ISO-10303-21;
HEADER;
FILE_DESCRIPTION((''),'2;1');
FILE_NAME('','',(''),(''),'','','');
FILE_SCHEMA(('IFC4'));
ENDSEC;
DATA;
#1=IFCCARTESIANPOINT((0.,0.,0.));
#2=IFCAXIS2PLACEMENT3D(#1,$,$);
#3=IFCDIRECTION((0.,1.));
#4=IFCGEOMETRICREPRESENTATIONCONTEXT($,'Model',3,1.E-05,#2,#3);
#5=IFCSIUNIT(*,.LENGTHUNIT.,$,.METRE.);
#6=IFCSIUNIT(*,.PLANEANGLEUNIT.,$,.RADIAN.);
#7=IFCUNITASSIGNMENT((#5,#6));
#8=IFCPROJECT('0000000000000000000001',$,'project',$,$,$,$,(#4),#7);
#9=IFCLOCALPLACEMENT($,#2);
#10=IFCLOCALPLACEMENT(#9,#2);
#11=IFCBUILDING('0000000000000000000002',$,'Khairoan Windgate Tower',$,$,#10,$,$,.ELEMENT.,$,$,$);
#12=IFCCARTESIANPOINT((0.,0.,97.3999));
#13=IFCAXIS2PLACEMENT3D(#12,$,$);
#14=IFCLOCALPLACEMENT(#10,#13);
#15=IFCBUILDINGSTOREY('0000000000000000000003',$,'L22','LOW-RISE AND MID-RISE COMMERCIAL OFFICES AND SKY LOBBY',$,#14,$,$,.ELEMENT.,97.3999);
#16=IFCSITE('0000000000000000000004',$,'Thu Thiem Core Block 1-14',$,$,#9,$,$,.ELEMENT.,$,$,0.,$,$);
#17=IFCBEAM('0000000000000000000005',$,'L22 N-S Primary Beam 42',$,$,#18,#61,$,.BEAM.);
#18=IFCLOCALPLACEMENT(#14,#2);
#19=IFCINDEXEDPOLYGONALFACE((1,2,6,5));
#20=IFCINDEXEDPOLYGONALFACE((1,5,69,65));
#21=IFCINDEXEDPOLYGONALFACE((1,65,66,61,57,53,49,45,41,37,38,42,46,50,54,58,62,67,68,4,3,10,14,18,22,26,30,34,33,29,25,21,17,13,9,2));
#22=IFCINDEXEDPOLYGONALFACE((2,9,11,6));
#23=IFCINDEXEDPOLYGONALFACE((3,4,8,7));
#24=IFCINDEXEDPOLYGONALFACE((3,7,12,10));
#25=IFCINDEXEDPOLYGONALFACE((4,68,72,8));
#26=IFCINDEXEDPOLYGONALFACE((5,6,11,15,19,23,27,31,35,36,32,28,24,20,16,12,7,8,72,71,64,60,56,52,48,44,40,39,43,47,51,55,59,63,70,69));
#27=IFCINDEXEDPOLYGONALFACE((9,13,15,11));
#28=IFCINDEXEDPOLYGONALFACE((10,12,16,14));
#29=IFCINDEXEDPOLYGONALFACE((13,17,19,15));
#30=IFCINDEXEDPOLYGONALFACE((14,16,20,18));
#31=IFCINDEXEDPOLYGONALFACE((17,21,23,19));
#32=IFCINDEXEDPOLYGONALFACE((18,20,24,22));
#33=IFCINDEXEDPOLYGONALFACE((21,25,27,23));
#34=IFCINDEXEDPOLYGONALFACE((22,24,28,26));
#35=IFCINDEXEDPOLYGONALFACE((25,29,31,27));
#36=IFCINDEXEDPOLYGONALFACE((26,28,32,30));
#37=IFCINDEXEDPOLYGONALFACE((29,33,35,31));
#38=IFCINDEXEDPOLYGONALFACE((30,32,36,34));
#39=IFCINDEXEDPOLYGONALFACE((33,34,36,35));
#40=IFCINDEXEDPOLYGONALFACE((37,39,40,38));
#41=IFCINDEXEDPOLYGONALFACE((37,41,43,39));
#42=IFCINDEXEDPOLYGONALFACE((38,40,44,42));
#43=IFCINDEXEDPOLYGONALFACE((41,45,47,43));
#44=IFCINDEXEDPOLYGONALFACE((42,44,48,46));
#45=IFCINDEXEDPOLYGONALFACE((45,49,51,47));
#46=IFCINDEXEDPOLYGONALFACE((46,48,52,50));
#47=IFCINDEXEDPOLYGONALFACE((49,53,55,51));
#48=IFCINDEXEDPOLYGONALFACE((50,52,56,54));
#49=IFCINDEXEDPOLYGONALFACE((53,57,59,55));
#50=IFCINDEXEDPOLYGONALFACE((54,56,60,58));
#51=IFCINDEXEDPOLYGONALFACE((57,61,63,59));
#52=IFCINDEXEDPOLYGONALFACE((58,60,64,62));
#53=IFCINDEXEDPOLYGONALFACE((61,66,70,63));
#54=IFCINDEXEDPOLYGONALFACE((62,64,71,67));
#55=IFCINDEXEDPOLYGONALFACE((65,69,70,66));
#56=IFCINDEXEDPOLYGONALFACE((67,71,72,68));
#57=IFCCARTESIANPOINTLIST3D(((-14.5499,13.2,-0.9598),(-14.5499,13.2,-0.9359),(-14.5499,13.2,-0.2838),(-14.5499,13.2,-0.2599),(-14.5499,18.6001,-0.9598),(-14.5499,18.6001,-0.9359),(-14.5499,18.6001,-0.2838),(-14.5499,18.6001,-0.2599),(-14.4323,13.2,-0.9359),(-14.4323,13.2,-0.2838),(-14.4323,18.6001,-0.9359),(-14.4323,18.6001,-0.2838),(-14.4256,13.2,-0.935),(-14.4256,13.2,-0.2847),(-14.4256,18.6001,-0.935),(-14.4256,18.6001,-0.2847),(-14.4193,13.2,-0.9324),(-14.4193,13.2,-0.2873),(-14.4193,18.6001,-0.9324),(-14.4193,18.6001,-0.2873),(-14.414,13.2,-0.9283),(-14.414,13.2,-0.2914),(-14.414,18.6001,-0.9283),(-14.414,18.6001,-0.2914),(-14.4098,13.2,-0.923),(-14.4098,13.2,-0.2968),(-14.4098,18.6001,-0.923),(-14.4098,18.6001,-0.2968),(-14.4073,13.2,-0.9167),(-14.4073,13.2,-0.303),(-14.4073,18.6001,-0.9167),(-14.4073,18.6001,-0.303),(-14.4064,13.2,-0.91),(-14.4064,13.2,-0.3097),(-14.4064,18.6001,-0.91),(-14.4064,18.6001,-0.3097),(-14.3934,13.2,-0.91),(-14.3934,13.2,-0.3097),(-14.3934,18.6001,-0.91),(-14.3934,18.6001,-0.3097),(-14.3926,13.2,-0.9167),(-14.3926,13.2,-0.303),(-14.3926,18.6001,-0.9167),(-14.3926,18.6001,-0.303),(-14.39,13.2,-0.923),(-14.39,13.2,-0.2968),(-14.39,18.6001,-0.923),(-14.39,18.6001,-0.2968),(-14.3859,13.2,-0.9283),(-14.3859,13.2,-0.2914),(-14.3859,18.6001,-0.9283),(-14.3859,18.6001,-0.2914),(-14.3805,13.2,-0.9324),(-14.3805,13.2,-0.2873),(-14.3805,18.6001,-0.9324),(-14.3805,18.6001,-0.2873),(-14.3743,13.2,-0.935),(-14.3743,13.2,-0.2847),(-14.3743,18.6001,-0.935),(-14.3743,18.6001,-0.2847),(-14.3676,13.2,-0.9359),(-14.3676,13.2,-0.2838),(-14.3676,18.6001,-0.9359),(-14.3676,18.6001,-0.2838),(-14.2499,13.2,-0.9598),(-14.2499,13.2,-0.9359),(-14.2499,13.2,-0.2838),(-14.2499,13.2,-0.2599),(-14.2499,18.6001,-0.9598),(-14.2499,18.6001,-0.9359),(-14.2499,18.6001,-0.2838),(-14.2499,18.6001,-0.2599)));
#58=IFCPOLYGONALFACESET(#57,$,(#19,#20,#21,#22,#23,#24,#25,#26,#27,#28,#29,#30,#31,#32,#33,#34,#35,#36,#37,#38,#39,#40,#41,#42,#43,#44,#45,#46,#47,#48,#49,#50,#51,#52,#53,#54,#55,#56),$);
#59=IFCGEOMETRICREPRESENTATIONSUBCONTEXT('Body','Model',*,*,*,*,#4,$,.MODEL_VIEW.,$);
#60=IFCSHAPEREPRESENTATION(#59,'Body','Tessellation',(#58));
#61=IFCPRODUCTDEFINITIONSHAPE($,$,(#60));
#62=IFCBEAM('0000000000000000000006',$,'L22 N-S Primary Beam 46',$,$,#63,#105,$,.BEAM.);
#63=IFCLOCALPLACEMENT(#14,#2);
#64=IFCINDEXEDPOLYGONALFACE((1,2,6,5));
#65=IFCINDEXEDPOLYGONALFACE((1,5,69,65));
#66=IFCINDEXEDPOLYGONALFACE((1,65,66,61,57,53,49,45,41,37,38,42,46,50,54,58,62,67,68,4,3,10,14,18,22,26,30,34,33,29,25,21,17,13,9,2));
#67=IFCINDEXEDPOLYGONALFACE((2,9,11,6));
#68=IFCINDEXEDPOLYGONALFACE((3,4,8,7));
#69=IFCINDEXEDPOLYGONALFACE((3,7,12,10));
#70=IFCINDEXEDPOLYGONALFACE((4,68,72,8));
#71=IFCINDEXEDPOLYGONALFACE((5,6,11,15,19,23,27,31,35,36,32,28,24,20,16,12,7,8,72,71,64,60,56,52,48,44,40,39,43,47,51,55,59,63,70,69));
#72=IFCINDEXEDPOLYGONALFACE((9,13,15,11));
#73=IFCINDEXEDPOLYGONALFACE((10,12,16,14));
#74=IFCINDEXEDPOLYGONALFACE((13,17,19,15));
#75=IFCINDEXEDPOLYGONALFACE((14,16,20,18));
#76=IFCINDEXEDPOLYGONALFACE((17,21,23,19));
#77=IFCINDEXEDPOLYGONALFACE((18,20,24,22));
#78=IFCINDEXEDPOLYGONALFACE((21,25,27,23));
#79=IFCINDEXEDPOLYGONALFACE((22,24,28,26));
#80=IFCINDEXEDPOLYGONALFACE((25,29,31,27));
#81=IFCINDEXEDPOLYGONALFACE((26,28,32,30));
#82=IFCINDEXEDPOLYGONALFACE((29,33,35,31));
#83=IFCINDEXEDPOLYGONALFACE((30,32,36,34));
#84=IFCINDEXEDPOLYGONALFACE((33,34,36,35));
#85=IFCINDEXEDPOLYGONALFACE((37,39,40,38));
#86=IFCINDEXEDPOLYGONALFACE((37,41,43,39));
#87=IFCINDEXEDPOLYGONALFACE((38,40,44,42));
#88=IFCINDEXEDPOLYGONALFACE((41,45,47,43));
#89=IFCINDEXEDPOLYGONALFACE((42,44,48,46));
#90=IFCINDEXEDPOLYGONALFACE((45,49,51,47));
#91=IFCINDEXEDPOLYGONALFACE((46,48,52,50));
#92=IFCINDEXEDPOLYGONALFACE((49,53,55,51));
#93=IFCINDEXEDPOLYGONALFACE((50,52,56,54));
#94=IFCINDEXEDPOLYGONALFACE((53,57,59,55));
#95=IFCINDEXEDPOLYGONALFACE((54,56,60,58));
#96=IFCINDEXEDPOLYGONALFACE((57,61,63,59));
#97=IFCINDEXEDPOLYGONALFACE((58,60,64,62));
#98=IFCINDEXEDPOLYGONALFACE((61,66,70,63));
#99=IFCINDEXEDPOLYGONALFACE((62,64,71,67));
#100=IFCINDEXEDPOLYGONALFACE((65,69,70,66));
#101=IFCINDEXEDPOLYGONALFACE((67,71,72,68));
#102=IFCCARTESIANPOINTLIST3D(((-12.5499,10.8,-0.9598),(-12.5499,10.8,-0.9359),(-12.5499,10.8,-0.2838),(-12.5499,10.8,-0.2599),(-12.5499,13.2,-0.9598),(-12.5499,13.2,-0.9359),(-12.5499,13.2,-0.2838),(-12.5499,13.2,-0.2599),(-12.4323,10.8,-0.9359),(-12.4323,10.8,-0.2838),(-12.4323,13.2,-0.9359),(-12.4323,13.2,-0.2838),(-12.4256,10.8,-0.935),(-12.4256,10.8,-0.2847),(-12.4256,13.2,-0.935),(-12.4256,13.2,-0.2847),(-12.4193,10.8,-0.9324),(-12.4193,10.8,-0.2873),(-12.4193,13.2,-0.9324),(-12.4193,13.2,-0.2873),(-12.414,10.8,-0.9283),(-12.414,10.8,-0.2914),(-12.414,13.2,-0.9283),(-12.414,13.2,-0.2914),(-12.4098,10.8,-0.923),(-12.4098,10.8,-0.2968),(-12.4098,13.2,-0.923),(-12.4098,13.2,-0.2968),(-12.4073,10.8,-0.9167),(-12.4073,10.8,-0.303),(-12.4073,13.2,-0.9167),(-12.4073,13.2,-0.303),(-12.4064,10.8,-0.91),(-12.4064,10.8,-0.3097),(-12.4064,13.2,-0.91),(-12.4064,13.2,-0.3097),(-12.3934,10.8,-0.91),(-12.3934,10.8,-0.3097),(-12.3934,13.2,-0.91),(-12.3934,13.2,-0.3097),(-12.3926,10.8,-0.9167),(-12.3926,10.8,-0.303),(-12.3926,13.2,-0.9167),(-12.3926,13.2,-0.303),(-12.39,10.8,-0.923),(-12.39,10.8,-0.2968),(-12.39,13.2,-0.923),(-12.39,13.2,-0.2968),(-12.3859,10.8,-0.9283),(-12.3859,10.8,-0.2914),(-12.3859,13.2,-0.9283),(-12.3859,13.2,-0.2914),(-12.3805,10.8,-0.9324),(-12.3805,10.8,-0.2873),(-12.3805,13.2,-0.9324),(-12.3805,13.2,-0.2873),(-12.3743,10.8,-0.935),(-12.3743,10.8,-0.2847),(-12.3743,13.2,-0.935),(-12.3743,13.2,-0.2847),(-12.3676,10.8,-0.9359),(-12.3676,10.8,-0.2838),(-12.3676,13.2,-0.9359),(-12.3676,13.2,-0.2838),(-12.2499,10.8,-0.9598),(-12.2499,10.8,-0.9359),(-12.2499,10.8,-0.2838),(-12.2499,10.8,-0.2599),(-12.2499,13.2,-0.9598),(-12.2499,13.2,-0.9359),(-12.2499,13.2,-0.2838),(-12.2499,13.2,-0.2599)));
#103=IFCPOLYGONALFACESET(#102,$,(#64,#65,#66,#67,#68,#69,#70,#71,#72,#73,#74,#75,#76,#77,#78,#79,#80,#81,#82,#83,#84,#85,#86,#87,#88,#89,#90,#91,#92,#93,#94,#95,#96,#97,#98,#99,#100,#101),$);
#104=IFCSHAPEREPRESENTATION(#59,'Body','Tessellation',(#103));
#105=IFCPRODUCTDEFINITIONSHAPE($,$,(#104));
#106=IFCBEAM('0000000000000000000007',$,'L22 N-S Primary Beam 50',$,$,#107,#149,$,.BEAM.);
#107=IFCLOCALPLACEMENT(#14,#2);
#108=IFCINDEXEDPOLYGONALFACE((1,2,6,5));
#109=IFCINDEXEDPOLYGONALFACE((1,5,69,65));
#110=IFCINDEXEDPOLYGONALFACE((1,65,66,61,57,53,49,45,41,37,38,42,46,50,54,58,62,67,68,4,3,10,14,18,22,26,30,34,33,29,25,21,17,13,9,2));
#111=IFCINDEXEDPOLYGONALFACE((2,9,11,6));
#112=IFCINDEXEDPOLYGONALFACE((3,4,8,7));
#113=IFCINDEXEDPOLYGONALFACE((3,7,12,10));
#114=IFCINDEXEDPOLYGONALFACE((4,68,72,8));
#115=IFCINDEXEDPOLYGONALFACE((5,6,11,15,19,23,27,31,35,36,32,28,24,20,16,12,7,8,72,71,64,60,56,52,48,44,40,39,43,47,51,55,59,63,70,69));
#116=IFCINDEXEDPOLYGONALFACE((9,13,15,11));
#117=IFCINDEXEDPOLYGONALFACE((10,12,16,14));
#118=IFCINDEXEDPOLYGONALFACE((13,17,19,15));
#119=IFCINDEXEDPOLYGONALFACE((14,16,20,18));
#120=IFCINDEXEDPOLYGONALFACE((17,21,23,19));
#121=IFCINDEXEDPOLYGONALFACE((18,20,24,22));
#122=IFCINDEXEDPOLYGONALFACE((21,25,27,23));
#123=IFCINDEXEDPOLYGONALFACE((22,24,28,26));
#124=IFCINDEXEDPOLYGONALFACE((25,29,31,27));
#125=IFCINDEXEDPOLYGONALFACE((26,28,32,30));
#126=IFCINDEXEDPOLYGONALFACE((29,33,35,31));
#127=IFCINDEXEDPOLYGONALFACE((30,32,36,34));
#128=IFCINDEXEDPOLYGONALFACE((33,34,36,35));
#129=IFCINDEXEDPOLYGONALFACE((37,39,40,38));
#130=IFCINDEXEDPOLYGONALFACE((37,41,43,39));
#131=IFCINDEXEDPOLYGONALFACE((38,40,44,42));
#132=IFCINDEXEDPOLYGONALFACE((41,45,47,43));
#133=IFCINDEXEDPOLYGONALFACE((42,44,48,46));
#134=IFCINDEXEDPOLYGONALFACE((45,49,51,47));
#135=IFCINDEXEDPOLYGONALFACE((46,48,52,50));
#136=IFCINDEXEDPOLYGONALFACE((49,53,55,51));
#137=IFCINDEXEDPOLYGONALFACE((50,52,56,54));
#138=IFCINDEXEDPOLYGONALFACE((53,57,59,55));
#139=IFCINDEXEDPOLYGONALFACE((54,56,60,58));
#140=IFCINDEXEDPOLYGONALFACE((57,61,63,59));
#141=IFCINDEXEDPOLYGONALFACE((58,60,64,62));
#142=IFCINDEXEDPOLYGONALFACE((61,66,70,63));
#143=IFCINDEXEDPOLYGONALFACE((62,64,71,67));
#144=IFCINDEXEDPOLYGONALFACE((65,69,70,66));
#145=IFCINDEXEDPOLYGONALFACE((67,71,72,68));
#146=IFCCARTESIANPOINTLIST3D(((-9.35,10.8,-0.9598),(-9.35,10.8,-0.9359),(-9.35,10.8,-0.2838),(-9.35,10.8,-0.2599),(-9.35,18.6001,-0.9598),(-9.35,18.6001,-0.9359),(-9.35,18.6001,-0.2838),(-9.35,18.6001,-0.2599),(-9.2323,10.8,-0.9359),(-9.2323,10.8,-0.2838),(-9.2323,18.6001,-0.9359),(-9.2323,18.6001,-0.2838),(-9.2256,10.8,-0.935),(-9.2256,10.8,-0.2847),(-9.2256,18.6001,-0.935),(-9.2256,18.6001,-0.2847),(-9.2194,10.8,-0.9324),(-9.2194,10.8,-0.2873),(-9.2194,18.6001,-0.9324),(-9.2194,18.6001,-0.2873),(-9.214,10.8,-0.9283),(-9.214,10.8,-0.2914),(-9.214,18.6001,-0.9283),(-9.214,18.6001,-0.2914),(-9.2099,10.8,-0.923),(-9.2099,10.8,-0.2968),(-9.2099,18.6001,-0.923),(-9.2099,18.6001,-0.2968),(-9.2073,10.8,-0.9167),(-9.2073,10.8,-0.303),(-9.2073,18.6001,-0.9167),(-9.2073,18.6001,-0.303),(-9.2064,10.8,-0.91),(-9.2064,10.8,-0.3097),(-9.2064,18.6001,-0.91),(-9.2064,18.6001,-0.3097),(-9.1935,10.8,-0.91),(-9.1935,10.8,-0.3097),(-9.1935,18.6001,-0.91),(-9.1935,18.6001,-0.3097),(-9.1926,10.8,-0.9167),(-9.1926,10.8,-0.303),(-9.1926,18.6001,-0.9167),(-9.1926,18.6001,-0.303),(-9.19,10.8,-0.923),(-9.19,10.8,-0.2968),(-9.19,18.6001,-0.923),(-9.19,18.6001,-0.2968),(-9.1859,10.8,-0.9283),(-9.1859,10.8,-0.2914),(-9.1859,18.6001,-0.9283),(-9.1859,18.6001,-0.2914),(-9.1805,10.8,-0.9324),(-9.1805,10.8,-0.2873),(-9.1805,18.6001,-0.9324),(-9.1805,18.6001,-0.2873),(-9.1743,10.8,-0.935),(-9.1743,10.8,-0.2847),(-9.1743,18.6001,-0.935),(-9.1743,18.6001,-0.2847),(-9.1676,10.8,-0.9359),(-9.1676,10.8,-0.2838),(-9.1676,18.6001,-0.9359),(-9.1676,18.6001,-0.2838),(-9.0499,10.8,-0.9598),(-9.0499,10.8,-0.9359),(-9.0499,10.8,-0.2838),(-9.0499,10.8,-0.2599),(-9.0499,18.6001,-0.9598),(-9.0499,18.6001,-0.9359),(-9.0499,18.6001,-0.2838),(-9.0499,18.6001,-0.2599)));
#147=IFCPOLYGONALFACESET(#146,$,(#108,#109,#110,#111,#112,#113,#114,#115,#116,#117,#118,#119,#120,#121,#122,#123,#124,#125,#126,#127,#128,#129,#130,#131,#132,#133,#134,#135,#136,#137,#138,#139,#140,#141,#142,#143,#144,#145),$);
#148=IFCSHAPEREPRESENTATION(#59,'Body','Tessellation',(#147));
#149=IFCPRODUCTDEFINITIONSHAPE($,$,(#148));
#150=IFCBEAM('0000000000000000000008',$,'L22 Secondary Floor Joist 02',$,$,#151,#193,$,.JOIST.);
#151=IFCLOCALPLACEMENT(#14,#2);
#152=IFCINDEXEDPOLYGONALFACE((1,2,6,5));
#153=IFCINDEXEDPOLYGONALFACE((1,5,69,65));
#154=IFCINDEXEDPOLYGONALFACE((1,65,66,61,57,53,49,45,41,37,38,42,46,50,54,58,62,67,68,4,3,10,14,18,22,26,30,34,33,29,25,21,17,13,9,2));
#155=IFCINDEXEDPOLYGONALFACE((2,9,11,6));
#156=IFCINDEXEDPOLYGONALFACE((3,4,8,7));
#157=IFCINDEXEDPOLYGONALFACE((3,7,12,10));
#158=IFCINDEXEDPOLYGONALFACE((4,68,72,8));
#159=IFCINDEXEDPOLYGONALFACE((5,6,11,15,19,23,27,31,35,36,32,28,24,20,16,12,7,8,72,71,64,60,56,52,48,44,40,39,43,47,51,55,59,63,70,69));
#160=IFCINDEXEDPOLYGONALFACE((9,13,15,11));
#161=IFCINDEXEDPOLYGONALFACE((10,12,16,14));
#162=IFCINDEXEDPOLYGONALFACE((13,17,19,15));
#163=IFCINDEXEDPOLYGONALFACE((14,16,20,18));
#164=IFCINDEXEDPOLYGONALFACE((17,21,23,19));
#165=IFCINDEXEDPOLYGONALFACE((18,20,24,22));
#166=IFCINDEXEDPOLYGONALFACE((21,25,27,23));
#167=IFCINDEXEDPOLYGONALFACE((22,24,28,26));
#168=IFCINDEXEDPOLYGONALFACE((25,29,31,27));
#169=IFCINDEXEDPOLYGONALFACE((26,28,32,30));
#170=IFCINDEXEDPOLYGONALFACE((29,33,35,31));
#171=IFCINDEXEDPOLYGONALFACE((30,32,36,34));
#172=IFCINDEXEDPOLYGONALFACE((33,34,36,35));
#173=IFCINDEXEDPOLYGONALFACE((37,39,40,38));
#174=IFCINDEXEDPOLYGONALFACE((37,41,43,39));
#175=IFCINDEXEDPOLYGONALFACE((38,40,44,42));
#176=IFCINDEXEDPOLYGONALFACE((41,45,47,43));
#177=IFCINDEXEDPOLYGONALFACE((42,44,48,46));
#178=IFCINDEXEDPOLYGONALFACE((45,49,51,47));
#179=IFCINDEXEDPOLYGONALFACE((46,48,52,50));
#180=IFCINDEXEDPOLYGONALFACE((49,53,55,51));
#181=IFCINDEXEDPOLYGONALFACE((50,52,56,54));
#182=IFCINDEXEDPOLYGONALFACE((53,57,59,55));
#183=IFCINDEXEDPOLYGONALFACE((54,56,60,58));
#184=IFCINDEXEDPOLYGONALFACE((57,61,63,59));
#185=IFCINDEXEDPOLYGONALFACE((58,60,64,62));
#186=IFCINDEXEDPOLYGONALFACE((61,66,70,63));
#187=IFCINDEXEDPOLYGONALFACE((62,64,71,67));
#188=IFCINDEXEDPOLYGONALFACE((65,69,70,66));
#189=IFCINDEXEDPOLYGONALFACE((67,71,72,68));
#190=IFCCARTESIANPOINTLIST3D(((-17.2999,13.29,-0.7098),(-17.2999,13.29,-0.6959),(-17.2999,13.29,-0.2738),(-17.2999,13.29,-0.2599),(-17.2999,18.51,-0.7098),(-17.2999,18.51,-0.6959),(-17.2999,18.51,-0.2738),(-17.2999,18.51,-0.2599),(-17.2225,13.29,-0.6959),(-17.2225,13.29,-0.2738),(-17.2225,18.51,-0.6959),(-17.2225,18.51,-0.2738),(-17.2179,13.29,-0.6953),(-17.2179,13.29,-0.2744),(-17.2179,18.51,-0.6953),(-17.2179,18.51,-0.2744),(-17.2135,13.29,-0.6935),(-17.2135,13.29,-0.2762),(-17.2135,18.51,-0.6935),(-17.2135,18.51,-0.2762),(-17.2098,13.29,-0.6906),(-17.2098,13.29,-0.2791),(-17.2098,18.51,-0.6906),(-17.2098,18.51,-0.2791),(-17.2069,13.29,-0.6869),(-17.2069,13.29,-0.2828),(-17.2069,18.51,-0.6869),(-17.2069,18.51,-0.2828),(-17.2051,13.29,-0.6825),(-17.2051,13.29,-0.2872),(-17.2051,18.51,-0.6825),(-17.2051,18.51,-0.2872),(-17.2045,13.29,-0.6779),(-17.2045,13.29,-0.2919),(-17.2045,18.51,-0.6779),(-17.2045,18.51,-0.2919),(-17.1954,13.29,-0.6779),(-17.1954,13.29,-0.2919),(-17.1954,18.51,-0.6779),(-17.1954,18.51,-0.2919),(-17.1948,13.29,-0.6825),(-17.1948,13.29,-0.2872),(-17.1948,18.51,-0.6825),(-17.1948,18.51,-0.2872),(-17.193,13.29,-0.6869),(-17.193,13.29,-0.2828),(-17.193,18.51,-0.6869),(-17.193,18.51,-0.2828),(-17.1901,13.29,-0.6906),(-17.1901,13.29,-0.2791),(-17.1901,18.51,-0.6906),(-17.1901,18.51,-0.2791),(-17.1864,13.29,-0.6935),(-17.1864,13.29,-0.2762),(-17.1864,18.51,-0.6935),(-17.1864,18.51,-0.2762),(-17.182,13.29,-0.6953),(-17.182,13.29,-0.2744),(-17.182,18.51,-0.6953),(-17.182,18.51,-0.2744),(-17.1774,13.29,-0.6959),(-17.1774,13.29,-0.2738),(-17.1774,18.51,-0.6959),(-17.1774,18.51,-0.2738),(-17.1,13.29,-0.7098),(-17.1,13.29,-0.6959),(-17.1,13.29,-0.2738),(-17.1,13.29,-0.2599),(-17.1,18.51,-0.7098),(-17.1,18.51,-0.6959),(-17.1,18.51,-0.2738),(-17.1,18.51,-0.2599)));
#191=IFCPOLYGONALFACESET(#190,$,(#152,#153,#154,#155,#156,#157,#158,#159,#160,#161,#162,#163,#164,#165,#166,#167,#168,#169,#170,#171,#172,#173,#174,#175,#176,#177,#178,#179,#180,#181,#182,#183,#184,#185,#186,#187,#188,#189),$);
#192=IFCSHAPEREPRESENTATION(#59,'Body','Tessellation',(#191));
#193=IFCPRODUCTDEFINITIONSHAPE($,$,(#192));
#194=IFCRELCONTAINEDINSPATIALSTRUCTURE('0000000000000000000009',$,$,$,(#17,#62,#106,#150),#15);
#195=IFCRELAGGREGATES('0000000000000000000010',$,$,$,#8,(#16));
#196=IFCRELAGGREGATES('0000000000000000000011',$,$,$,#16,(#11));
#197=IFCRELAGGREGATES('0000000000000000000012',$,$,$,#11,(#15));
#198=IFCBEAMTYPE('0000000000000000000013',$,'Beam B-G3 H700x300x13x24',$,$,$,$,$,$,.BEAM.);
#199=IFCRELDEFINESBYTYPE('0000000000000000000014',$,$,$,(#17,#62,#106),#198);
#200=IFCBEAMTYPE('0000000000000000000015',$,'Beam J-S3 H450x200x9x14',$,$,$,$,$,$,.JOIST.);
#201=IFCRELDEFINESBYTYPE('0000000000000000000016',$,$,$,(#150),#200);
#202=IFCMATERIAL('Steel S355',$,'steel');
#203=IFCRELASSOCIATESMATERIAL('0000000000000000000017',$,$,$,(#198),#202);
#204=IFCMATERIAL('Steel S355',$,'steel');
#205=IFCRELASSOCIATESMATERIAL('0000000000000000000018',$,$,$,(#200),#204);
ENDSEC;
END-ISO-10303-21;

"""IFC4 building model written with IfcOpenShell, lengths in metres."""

from ifc_helpers import new_model, si_unit, direction, frame, origin, origin_2d, place, context, subcontext, project, spatial, i_section, extrude, material, material_profile, profile_set, type_object, element, save


model = new_model("IFC4")

# Units and contexts
model_context = context("Model", 3, precision=1e-05, world=origin(), true_north=direction((0.0, 1.0)))
body_context = subcontext(model_context, "Body", "Model", "MODEL_VIEW")
ifc_project = project(units=[si_unit("LENGTHUNIT", "METRE"), si_unit("PLANEANGLEUNIT", "RADIAN")], contexts=[model_context])

# Site, building, storey
site_placement = place(None, origin())
site = spatial("IfcSite", under=ifc_project, at=site_placement, Name="Thu Thiem Core Block 1-14", CompositionType="ELEMENT", RefElevation=0.0)
building_placement = place(site_placement, origin())
building = spatial("IfcBuilding", under=site, at=building_placement, Name="Khairoan Windgate Tower", CompositionType="ELEMENT")
storey_placement = place(building_placement, frame((0.0, 0.0, 97.3999)))
storey = spatial("IfcBuildingStorey", under=building, at=storey_placement, Name="L22", Description="LOW-RISE AND MID-RISE COMMERCIAL OFFICES AND SKY LOBBY", CompositionType="ELEMENT", Elevation=97.3999)

# Beams
ifc_material_1 = material(Name="Steel S355", Category="steel")
ifc_material_profile_1 = material_profile(ifc_material_1, i_section(OverallWidth=0.3, OverallDepth=0.7, WebThickness=0.0129, FlangeThickness=0.0239, FilletRadius=0.0259, at=origin_2d()))
ifc_profile_set_1 = profile_set([ifc_material_profile_1], Name="Steel S355")
beam_type_1 = type_object("IfcBeamType", Name="Beam B-G3 H700x300x13x24", PredefinedType="BEAM", material=ifc_profile_set_1)
beam_1_placement = place(storey_placement, frame((-14.3999, 13.2, -0.6099), z_axis=(0.0, 1.0, 0.0), x_axis=(-1.0, 0.0, 0.0)))
element("IfcBeam", 1, at=beam_1_placement, inside=storey, type_object=beam_type_1, Name="L22 N-S Primary Beam 42", PredefinedType="BEAM", context=body_context, shape_type="SweptSolid", body=[
    extrude(i_section(OverallWidth=0.3, OverallDepth=0.7, WebThickness=0.0129, FlangeThickness=0.0239, FilletRadius=0.0259, at=origin_2d()), origin(), (0.0, 0.0, 1.0), 5.4001),
])
beam_2_placement = place(storey_placement, frame((-12.3999, 10.8, -0.6099), z_axis=(0.0, 1.0, 0.0), x_axis=(-1.0, 0.0, 0.0)))
element("IfcBeam", 2, at=beam_2_placement, inside=storey, type_object=beam_type_1, Name="L22 N-S Primary Beam 46", PredefinedType="BEAM", context=body_context, shape_type="SweptSolid", body=[
    extrude(i_section(OverallWidth=0.3, OverallDepth=0.7, WebThickness=0.0129, FlangeThickness=0.0239, FilletRadius=0.0259, at=origin_2d()), origin(), (0.0, 0.0, 1.0), 2.3999),
])
beam_3_placement = place(storey_placement, frame((-9.2, 10.8, -0.6099), z_axis=(0.0, 1.0, 0.0), x_axis=(-1.0, 0.0, 0.0)))
element("IfcBeam", 3, at=beam_3_placement, inside=storey, type_object=beam_type_1, Name="L22 N-S Primary Beam 50", PredefinedType="BEAM", context=body_context, shape_type="SweptSolid", body=[
    extrude(i_section(OverallWidth=0.3, OverallDepth=0.7, WebThickness=0.0129, FlangeThickness=0.0239, FilletRadius=0.0259, at=origin_2d()), origin(), (0.0, 0.0, 1.0), 7.8),
])
ifc_material_2 = material(Name="Steel S355", Category="steel")
ifc_material_profile_2 = material_profile(ifc_material_2, i_section(OverallWidth=0.2, OverallDepth=0.45, WebThickness=0.009, FlangeThickness=0.0139, FilletRadius=0.0181, at=origin_2d()))
ifc_profile_set_2 = profile_set([ifc_material_profile_2], Name="Steel S355")
beam_type_2 = type_object("IfcBeamType", Name="Beam J-S3 H450x200x9x14", PredefinedType="JOIST", material=ifc_profile_set_2)
beam_4_placement = place(storey_placement, frame((-17.2, 13.29, -0.4849), z_axis=(0.0, 1.0, 0.0), x_axis=(-1.0, 0.0, 0.0)))
element("IfcBeam", 4, at=beam_4_placement, inside=storey, type_object=beam_type_2, Name="L22 Secondary Floor Joist 02", PredefinedType="JOIST", context=body_context, shape_type="SweptSolid", body=[
    extrude(i_section(OverallWidth=0.2, OverallDepth=0.45, WebThickness=0.009, FlangeThickness=0.0139, FilletRadius=0.0181, at=origin_2d()), origin(), (0.0, 0.0, 1.0), 5.22),
])

save(model, "model.ifc")
